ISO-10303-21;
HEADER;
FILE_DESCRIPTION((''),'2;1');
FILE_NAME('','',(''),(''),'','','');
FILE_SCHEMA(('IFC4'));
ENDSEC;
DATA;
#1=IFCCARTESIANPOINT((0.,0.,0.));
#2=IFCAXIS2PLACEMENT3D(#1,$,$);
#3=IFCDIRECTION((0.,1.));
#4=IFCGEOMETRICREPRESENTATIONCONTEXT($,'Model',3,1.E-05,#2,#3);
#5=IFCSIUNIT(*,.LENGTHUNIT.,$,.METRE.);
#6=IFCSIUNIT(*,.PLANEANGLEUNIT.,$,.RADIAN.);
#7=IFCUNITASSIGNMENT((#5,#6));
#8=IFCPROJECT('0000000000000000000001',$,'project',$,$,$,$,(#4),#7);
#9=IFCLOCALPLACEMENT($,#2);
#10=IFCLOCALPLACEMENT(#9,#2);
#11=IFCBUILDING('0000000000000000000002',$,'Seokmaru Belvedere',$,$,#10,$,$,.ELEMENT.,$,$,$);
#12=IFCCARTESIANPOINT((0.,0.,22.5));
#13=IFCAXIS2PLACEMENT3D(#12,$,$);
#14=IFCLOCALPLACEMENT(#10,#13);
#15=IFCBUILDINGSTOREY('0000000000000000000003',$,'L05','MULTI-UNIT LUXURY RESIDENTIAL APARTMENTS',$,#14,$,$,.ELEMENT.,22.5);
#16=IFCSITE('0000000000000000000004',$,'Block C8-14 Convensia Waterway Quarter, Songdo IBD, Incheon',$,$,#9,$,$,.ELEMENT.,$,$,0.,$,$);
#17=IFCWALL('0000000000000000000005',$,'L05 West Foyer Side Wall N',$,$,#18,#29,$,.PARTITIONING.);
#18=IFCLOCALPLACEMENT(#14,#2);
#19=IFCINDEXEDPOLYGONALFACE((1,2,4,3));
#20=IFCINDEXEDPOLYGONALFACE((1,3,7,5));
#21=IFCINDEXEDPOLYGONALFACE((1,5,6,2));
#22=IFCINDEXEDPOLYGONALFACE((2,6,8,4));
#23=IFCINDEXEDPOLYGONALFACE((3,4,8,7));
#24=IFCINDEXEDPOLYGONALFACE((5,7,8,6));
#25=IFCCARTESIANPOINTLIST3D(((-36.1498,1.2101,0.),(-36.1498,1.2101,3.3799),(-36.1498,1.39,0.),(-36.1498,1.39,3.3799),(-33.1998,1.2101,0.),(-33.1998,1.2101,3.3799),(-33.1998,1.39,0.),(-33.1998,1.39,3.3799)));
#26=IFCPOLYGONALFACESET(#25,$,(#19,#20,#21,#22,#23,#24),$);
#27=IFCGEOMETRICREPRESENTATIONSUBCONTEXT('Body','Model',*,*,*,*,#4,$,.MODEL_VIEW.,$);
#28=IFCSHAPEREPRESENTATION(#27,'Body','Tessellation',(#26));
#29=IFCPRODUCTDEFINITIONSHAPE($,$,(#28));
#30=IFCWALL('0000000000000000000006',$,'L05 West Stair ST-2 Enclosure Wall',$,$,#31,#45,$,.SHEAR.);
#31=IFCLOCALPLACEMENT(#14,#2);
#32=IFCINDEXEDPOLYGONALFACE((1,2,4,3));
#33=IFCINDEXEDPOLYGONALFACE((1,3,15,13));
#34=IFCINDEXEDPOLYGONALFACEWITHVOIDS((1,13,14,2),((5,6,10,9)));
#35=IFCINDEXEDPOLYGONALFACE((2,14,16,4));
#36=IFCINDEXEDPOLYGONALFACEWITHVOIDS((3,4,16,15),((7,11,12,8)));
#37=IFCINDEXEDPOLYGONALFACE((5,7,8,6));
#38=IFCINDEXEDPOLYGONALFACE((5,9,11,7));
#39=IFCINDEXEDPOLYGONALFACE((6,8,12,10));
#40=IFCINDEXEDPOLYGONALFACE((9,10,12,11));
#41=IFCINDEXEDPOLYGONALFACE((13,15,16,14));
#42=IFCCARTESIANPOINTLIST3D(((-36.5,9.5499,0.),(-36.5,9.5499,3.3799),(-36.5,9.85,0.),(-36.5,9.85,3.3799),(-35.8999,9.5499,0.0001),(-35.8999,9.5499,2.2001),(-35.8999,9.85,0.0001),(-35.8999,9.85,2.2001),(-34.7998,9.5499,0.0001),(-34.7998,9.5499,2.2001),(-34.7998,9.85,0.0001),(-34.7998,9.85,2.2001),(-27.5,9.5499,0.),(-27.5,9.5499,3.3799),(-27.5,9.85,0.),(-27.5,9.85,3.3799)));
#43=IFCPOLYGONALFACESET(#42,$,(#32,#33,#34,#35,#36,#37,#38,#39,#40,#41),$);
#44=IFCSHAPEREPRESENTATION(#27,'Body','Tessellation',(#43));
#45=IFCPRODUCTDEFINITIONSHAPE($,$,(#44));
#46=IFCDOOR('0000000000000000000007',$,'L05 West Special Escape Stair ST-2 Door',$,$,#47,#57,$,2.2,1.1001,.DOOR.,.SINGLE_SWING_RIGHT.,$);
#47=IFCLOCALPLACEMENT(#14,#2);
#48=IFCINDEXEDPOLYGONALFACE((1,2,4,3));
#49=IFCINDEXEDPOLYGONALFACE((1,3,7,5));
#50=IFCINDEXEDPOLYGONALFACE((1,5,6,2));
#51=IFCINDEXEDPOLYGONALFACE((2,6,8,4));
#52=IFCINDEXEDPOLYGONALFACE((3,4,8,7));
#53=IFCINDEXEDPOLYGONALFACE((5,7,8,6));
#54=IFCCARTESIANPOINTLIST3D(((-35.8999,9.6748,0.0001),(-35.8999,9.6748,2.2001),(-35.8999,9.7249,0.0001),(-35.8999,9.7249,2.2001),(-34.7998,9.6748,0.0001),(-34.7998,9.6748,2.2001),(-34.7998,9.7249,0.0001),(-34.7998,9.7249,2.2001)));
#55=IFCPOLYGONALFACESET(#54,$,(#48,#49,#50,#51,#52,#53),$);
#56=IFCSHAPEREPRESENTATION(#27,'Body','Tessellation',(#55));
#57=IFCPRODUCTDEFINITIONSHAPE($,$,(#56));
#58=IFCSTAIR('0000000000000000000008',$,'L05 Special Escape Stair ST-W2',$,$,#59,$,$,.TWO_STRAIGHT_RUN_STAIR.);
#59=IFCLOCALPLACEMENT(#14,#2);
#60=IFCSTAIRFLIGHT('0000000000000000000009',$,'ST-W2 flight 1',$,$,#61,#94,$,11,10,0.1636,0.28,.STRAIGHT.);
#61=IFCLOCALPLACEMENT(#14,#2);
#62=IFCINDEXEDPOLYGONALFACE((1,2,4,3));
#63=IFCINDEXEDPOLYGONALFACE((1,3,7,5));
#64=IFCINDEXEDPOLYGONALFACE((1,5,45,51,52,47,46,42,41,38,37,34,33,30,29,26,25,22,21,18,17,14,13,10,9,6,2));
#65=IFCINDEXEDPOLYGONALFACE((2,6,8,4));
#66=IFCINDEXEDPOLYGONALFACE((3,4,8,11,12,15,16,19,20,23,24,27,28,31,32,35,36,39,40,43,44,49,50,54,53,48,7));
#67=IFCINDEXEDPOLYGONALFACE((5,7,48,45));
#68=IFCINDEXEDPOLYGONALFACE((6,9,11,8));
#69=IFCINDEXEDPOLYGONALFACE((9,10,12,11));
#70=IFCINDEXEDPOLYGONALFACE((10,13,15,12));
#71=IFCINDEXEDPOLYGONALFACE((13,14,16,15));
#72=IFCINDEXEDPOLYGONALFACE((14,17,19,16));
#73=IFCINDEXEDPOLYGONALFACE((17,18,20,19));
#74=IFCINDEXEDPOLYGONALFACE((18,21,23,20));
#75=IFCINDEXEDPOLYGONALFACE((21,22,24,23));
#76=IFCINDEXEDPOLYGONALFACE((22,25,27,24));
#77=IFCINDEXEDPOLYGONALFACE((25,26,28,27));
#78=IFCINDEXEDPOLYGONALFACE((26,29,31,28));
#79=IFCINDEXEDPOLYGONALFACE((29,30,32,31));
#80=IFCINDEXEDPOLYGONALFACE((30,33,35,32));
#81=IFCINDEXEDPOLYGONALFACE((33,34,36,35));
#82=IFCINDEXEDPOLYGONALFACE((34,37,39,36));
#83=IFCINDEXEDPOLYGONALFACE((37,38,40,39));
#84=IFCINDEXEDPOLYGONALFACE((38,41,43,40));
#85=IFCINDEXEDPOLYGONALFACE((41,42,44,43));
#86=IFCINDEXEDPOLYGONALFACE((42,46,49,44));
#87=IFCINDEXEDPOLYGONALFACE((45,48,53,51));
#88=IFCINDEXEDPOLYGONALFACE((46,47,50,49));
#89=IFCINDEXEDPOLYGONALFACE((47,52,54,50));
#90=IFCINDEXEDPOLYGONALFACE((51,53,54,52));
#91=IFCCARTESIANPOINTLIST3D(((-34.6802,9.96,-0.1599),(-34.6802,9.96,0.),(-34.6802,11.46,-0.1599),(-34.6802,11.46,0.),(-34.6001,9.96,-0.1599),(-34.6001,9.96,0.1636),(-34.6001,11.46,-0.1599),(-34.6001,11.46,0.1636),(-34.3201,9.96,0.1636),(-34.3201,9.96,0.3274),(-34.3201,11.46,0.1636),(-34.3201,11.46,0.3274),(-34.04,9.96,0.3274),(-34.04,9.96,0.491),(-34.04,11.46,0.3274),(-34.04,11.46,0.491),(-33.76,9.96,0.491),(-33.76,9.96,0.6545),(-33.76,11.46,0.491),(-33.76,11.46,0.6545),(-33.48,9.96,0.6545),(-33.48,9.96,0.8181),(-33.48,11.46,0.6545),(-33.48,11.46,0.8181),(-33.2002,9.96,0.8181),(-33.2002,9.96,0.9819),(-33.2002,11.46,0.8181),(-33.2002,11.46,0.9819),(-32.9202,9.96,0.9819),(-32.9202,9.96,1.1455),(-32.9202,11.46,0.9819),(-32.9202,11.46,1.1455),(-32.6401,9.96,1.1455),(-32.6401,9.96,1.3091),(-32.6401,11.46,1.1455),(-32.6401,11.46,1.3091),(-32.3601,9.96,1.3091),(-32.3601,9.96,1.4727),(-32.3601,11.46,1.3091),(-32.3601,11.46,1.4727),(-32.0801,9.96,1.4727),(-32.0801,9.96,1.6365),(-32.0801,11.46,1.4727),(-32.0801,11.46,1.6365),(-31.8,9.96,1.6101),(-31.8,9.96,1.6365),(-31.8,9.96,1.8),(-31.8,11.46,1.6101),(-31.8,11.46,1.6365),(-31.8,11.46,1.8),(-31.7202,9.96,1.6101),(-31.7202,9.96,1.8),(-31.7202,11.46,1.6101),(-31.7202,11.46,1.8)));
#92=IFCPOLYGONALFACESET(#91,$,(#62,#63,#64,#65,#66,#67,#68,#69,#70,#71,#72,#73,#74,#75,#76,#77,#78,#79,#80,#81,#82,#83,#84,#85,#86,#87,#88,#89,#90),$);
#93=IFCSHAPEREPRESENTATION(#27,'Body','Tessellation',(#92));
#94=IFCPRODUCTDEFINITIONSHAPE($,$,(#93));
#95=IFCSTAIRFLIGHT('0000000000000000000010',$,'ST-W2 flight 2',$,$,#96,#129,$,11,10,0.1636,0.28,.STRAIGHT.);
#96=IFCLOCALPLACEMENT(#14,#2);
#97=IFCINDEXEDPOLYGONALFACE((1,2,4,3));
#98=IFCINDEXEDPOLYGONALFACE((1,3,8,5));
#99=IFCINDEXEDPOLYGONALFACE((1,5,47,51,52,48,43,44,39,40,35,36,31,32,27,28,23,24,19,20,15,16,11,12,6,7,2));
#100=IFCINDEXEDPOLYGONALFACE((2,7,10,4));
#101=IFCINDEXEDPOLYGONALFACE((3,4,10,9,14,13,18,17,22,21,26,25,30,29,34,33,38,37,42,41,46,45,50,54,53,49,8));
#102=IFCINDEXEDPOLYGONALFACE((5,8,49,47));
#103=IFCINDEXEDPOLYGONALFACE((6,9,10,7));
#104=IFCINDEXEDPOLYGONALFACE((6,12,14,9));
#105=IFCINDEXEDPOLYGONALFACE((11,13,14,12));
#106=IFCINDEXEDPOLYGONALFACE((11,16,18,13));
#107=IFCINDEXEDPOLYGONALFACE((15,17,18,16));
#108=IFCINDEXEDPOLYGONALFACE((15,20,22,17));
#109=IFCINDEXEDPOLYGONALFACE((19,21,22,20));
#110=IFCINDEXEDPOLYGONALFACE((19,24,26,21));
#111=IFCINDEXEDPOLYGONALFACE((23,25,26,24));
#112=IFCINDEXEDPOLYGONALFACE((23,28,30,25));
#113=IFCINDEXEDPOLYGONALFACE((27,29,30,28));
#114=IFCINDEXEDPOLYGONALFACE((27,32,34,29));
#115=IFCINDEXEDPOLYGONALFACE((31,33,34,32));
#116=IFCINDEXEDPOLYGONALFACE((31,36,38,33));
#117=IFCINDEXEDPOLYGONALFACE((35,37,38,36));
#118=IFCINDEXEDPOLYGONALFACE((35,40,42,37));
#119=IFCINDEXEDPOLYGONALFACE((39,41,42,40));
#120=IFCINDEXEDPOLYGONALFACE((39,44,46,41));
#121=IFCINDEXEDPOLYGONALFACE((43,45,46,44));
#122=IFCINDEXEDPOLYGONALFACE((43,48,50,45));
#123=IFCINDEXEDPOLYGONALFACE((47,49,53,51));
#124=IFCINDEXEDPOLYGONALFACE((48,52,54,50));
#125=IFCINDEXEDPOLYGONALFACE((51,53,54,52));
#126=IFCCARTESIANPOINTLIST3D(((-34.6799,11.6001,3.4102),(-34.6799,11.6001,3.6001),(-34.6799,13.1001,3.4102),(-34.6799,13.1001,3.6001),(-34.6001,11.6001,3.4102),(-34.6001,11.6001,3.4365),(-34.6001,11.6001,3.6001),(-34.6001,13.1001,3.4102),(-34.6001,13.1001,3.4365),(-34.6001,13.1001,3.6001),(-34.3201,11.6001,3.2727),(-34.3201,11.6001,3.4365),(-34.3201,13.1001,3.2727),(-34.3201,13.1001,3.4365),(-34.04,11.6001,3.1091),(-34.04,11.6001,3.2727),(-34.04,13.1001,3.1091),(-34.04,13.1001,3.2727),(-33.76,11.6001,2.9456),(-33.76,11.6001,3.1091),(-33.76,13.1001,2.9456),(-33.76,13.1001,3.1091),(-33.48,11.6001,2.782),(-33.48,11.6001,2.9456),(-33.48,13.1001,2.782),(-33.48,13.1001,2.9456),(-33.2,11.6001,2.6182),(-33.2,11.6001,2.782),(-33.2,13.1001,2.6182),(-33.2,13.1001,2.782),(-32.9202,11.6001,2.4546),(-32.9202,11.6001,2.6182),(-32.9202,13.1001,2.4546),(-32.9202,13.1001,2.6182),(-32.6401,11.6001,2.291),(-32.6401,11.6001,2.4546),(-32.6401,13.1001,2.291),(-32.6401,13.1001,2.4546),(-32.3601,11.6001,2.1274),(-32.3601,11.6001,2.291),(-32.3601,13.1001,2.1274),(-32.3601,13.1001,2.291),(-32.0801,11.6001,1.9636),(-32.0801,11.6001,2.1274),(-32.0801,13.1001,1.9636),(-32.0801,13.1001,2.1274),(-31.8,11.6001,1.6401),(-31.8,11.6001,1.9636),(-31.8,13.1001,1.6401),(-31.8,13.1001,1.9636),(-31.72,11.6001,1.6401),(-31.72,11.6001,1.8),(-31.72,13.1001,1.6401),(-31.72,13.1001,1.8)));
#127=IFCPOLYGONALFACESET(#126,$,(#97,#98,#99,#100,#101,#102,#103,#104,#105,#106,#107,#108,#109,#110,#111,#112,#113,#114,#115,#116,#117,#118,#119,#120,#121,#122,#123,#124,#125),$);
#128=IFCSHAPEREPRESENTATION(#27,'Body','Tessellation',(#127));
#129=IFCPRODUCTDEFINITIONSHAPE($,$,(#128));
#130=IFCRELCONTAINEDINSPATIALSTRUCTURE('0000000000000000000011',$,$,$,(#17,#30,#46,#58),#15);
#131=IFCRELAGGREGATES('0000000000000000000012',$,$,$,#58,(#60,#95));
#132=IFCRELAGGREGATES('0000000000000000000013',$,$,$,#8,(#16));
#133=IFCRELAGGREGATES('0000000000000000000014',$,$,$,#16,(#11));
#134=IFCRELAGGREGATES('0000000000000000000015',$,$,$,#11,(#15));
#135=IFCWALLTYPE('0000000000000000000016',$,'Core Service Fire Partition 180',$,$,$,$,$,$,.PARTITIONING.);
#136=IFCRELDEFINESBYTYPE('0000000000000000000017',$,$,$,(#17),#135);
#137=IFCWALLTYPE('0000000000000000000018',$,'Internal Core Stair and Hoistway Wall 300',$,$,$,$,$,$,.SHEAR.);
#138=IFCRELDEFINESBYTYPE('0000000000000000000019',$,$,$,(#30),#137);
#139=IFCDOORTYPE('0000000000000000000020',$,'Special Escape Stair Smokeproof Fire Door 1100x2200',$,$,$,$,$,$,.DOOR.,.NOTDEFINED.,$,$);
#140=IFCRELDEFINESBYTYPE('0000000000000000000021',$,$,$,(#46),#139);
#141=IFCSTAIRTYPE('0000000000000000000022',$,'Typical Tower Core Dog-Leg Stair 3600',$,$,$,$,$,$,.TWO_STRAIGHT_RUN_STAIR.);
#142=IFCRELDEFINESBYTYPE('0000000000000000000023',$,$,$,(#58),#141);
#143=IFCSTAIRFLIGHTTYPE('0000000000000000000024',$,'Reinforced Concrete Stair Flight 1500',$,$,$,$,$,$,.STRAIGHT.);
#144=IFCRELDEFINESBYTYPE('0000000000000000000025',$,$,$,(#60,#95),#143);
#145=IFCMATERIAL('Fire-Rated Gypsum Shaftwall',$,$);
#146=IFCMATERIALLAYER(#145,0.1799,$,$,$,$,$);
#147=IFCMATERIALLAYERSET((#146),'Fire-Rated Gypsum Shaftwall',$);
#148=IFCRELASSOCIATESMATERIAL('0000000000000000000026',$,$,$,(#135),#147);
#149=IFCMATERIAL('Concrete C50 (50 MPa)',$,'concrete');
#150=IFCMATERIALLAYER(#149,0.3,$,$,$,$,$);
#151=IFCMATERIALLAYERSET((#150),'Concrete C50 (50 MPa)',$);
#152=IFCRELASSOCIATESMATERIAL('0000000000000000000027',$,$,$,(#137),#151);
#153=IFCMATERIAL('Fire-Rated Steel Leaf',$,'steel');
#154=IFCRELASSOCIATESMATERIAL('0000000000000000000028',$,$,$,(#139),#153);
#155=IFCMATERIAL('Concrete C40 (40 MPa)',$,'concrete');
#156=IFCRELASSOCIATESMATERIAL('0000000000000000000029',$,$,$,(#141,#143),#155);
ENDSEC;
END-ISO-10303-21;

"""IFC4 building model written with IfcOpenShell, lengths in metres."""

from ifc_helpers import new_model, si_unit, direction, frame, frame_2d, origin, place, context, subcontext, project, spatial, polyline, rectangle, outline, extrude, source, transform, mapped, material, layer, layer_set, type_object, type_shapes, element, fill, aggregate, save


model = new_model("IFC4")

# Units and contexts
model_context = context("Model", 3, precision=1e-05, world=origin(), true_north=direction((0.0, 1.0)))
body_context = subcontext(model_context, "Body", "Model", "MODEL_VIEW")
ifc_project = project(units=[si_unit("LENGTHUNIT", "METRE"), si_unit("PLANEANGLEUNIT", "RADIAN")], contexts=[model_context])

# Site, building, storey
site_placement = place(None, origin())
site = spatial("IfcSite", under=ifc_project, at=site_placement, Name="Block C8-14 Convensia Waterway Quarter, Songdo IBD, Incheon", CompositionType="ELEMENT", RefElevation=0.0)
building_placement = place(site_placement, origin())
building = spatial("IfcBuilding", under=site, at=building_placement, Name="Seokmaru Belvedere", CompositionType="ELEMENT")
storey_placement = place(building_placement, frame((0.0, 0.0, 22.5)))
storey = spatial("IfcBuildingStorey", under=building, at=storey_placement, Name="L05", Description="MULTI-UNIT LUXURY RESIDENTIAL APARTMENTS", CompositionType="ELEMENT", Elevation=22.5)

# Shared definitions
ifc_material_1 = material(Name="Fire-Rated Gypsum Shaftwall")
ifc_layer_1 = layer(ifc_material_1, 0.1799)
ifc_layer_set_1 = layer_set([ifc_layer_1], Name="Fire-Rated Gypsum Shaftwall")
wall_type_1 = type_object("IfcWallType", Name="Core Service Fire Partition 180", PredefinedType="PARTITIONING", material=ifc_layer_set_1)

# Shared definitions
ifc_material_2 = material(Name="Fire-Rated Steel Leaf", Category="steel")

# Wall
wall_1_placement = place(storey_placement, frame((-36.1499, 1.3, 0.0), z_axis=(0.0, 0.0, 1.0), x_axis=(1.0, 0.0, 0.0)))
element("IfcWall", 1, at=wall_1_placement, inside=storey, type_object=wall_type_1, Name="L05 West Foyer Side Wall N", PredefinedType="PARTITIONING", context=body_context, shape_type="SweptSolid", body=[
    extrude(rectangle(XDim=2.95, YDim=0.1799, at=frame_2d((1.4751, 0.0))), origin(), (0.0, 0.0, 1.0), 3.3799),
])

# Wall, opening, door
ifc_material_3 = material(Name="Concrete C50 (50 MPa)", Category="concrete")
ifc_layer_2 = layer(ifc_material_3, 0.3)
ifc_layer_set_2 = layer_set([ifc_layer_2], Name="Concrete C50 (50 MPa)")
wall_type_2 = type_object("IfcWallType", Name="Internal Core Stair and Hoistway Wall 300", PredefinedType="SHEAR", material=ifc_layer_set_2)
wall_2_placement = place(storey_placement, frame((-36.5, 9.7, 0.0), z_axis=(0.0, 0.0, 1.0), x_axis=(1.0, 0.0, 0.0)))
wall_2 = element("IfcWall", 2, at=wall_2_placement, inside=storey, type_object=wall_type_2, Name="L05 West Stair ST-2 Enclosure Wall", PredefinedType="SHEAR", context=body_context, shape_type="SweptSolid", body=[
    extrude(rectangle(XDim=9.0, YDim=0.3, at=frame_2d((4.5, 0.0))), origin(), (0.0, 0.0, 1.0), 3.3799),
])
opening_1_placement = place(wall_2_placement, frame((0.6001, 0.0, 0.0)))
opening_1 = element("IfcOpeningElement", 3, at=opening_1_placement, cuts=wall_2, PredefinedType="OPENING", context=body_context, shape_type="SweptSolid", body=[
    extrude(rectangle(XDim=1.1001, YDim=2.2, at=frame_2d((0.55, 1.1001))), frame((0.0, 0.1602, 0.0), z_axis=(0.0, -1.0, 0.0), x_axis=(1.0, 0.0, 0.0)), (0.0, 0.0, 1.0), 0.3201),
])
door_type_1 = type_object("IfcDoorType", Name="Special Escape Stair Smokeproof Fire Door 1100x2200", OperationType="NOTDEFINED", PredefinedType="DOOR", material=ifc_material_2)
shared_shape_1 = source(origin(), body_context, "Body", "SweptSolid", [
    extrude(rectangle(XDim=1.1001, YDim=2.2, at=frame_2d((0.55, 1.1001))), frame((0.0, 0.0249, 0.0), z_axis=(0.0, -1.0, 0.0), x_axis=(1.0, 0.0, 0.0)), (0.0, 0.0, 1.0), 0.05),
])
type_shapes(door_type_1, [shared_shape_1])
door_1_placement = place(opening_1_placement, origin())
door_1 = element("IfcDoor", 4, at=door_1_placement, inside=storey, type_object=door_type_1, Name="L05 West Special Escape Stair ST-2 Door", OperationType="SINGLE_SWING_RIGHT", OverallHeight=2.2, OverallWidth=1.1001, PredefinedType="DOOR", context=body_context, shape_type="MappedRepresentation", body=[
    mapped(shared_shape_1, transform((0.0, 0.0, 0.0), scale=1.0)),
])
fill(opening_1, door_1)

# Stair, stair flights
ifc_material_4 = material(Name="Concrete C40 (40 MPa)", Category="concrete")
stair_type = type_object("IfcStairType", Name="Typical Tower Core Dog-Leg Stair 3600", PredefinedType="TWO_STRAIGHT_RUN_STAIR", material=ifc_material_4)
stair_placement = place(storey_placement, origin())
stair = element("IfcStair", 5, at=stair_placement, inside=storey, type_object=stair_type, Name="L05 Special Escape Stair ST-W2", PredefinedType="TWO_STRAIGHT_RUN_STAIR")
stair_flight_type = type_object("IfcStairFlightType", Name="Reinforced Concrete Stair Flight 1500", PredefinedType="STRAIGHT", material=ifc_material_4)
stair_flight_1_placement = place(storey_placement, frame((-34.6001, 10.71, 0.0), z_axis=(0.0, 0.0, 1.0), x_axis=(1.0, 0.0, 0.0)))
stair_flight_1 = element("IfcStairFlight", 6, at=stair_flight_1_placement, type_object=stair_flight_type, Name="ST-W2 flight 1", NumberOfRisers=11, NumberOfTreads=10, PredefinedType="STRAIGHT", RiserHeight=0.1636, TreadLength=0.28, context=body_context, shape_type="SweptSolid", body=[
    extrude(outline(polyline([(-0.0801, 0.0), (0.0, 0.1636), (0.28, 0.1636), (0.28, 0.3274), (0.5601, 0.3274), (0.5601, 0.491), (0.8401, 0.491), (0.8401, 0.6545), (1.1201, 0.6545), (1.1201, 0.8181), (1.3999, 0.8181), (1.3999, 0.9819), (1.6799, 0.9819), (1.6799, 1.1455), (1.96, 1.1455), (1.96, 1.3091), (2.24, 1.3091), (2.24, 1.4727), (2.52, 1.4727), (2.52, 1.6365), (2.8, 1.6365), (2.8, 1.8), (2.8799, 1.8), (2.8799, 1.6101), (2.8, 1.6101), (0.0, -0.1599), (-0.0801, -0.1599), (-0.0801, 0.0)])), frame((0.0, 0.75, 0.0), z_axis=(0.0, -1.0, 0.0), x_axis=(1.0, 0.0, 0.0)), (0.0, 0.0, 1.0), 1.5),
])
stair_flight_2_placement = place(storey_placement, frame((-31.8, 12.3501, 1.8), z_axis=(0.0, 0.0, 1.0), x_axis=(-1.0, 0.0, 0.0)))
stair_flight_2 = element("IfcStairFlight", 7, at=stair_flight_2_placement, type_object=stair_flight_type, Name="ST-W2 flight 2", NumberOfRisers=11, NumberOfTreads=10, PredefinedType="STRAIGHT", RiserHeight=0.1636, TreadLength=0.28, context=body_context, shape_type="SweptSolid", body=[
    extrude(outline(polyline([(-0.0801, 0.0), (0.0, 0.1636), (0.28, 0.1636), (0.28, 0.3274), (0.5601, 0.3274), (0.5601, 0.491), (0.8401, 0.491), (0.8401, 0.6545), (1.1201, 0.6545), (1.1201, 0.8181), (1.3999, 0.8181), (1.3999, 0.9819), (1.6799, 0.9819), (1.6799, 1.1455), (1.96, 1.1455), (1.96, 1.3091), (2.24, 1.3091), (2.24, 1.4727), (2.52, 1.4727), (2.52, 1.6365), (2.8, 1.6365), (2.8, 1.8), (2.8799, 1.8), (2.8799, 1.6101), (2.8, 1.6101), (0.0, -0.1599), (-0.0801, -0.1599), (-0.0801, 0.0)])), frame((0.0, 0.75, 0.0), z_axis=(0.0, -1.0, 0.0), x_axis=(1.0, 0.0, 0.0)), (0.0, 0.0, 1.0), 1.5),
])
aggregate(stair, [stair_flight_1, stair_flight_2])

save(model, "model.ifc")
